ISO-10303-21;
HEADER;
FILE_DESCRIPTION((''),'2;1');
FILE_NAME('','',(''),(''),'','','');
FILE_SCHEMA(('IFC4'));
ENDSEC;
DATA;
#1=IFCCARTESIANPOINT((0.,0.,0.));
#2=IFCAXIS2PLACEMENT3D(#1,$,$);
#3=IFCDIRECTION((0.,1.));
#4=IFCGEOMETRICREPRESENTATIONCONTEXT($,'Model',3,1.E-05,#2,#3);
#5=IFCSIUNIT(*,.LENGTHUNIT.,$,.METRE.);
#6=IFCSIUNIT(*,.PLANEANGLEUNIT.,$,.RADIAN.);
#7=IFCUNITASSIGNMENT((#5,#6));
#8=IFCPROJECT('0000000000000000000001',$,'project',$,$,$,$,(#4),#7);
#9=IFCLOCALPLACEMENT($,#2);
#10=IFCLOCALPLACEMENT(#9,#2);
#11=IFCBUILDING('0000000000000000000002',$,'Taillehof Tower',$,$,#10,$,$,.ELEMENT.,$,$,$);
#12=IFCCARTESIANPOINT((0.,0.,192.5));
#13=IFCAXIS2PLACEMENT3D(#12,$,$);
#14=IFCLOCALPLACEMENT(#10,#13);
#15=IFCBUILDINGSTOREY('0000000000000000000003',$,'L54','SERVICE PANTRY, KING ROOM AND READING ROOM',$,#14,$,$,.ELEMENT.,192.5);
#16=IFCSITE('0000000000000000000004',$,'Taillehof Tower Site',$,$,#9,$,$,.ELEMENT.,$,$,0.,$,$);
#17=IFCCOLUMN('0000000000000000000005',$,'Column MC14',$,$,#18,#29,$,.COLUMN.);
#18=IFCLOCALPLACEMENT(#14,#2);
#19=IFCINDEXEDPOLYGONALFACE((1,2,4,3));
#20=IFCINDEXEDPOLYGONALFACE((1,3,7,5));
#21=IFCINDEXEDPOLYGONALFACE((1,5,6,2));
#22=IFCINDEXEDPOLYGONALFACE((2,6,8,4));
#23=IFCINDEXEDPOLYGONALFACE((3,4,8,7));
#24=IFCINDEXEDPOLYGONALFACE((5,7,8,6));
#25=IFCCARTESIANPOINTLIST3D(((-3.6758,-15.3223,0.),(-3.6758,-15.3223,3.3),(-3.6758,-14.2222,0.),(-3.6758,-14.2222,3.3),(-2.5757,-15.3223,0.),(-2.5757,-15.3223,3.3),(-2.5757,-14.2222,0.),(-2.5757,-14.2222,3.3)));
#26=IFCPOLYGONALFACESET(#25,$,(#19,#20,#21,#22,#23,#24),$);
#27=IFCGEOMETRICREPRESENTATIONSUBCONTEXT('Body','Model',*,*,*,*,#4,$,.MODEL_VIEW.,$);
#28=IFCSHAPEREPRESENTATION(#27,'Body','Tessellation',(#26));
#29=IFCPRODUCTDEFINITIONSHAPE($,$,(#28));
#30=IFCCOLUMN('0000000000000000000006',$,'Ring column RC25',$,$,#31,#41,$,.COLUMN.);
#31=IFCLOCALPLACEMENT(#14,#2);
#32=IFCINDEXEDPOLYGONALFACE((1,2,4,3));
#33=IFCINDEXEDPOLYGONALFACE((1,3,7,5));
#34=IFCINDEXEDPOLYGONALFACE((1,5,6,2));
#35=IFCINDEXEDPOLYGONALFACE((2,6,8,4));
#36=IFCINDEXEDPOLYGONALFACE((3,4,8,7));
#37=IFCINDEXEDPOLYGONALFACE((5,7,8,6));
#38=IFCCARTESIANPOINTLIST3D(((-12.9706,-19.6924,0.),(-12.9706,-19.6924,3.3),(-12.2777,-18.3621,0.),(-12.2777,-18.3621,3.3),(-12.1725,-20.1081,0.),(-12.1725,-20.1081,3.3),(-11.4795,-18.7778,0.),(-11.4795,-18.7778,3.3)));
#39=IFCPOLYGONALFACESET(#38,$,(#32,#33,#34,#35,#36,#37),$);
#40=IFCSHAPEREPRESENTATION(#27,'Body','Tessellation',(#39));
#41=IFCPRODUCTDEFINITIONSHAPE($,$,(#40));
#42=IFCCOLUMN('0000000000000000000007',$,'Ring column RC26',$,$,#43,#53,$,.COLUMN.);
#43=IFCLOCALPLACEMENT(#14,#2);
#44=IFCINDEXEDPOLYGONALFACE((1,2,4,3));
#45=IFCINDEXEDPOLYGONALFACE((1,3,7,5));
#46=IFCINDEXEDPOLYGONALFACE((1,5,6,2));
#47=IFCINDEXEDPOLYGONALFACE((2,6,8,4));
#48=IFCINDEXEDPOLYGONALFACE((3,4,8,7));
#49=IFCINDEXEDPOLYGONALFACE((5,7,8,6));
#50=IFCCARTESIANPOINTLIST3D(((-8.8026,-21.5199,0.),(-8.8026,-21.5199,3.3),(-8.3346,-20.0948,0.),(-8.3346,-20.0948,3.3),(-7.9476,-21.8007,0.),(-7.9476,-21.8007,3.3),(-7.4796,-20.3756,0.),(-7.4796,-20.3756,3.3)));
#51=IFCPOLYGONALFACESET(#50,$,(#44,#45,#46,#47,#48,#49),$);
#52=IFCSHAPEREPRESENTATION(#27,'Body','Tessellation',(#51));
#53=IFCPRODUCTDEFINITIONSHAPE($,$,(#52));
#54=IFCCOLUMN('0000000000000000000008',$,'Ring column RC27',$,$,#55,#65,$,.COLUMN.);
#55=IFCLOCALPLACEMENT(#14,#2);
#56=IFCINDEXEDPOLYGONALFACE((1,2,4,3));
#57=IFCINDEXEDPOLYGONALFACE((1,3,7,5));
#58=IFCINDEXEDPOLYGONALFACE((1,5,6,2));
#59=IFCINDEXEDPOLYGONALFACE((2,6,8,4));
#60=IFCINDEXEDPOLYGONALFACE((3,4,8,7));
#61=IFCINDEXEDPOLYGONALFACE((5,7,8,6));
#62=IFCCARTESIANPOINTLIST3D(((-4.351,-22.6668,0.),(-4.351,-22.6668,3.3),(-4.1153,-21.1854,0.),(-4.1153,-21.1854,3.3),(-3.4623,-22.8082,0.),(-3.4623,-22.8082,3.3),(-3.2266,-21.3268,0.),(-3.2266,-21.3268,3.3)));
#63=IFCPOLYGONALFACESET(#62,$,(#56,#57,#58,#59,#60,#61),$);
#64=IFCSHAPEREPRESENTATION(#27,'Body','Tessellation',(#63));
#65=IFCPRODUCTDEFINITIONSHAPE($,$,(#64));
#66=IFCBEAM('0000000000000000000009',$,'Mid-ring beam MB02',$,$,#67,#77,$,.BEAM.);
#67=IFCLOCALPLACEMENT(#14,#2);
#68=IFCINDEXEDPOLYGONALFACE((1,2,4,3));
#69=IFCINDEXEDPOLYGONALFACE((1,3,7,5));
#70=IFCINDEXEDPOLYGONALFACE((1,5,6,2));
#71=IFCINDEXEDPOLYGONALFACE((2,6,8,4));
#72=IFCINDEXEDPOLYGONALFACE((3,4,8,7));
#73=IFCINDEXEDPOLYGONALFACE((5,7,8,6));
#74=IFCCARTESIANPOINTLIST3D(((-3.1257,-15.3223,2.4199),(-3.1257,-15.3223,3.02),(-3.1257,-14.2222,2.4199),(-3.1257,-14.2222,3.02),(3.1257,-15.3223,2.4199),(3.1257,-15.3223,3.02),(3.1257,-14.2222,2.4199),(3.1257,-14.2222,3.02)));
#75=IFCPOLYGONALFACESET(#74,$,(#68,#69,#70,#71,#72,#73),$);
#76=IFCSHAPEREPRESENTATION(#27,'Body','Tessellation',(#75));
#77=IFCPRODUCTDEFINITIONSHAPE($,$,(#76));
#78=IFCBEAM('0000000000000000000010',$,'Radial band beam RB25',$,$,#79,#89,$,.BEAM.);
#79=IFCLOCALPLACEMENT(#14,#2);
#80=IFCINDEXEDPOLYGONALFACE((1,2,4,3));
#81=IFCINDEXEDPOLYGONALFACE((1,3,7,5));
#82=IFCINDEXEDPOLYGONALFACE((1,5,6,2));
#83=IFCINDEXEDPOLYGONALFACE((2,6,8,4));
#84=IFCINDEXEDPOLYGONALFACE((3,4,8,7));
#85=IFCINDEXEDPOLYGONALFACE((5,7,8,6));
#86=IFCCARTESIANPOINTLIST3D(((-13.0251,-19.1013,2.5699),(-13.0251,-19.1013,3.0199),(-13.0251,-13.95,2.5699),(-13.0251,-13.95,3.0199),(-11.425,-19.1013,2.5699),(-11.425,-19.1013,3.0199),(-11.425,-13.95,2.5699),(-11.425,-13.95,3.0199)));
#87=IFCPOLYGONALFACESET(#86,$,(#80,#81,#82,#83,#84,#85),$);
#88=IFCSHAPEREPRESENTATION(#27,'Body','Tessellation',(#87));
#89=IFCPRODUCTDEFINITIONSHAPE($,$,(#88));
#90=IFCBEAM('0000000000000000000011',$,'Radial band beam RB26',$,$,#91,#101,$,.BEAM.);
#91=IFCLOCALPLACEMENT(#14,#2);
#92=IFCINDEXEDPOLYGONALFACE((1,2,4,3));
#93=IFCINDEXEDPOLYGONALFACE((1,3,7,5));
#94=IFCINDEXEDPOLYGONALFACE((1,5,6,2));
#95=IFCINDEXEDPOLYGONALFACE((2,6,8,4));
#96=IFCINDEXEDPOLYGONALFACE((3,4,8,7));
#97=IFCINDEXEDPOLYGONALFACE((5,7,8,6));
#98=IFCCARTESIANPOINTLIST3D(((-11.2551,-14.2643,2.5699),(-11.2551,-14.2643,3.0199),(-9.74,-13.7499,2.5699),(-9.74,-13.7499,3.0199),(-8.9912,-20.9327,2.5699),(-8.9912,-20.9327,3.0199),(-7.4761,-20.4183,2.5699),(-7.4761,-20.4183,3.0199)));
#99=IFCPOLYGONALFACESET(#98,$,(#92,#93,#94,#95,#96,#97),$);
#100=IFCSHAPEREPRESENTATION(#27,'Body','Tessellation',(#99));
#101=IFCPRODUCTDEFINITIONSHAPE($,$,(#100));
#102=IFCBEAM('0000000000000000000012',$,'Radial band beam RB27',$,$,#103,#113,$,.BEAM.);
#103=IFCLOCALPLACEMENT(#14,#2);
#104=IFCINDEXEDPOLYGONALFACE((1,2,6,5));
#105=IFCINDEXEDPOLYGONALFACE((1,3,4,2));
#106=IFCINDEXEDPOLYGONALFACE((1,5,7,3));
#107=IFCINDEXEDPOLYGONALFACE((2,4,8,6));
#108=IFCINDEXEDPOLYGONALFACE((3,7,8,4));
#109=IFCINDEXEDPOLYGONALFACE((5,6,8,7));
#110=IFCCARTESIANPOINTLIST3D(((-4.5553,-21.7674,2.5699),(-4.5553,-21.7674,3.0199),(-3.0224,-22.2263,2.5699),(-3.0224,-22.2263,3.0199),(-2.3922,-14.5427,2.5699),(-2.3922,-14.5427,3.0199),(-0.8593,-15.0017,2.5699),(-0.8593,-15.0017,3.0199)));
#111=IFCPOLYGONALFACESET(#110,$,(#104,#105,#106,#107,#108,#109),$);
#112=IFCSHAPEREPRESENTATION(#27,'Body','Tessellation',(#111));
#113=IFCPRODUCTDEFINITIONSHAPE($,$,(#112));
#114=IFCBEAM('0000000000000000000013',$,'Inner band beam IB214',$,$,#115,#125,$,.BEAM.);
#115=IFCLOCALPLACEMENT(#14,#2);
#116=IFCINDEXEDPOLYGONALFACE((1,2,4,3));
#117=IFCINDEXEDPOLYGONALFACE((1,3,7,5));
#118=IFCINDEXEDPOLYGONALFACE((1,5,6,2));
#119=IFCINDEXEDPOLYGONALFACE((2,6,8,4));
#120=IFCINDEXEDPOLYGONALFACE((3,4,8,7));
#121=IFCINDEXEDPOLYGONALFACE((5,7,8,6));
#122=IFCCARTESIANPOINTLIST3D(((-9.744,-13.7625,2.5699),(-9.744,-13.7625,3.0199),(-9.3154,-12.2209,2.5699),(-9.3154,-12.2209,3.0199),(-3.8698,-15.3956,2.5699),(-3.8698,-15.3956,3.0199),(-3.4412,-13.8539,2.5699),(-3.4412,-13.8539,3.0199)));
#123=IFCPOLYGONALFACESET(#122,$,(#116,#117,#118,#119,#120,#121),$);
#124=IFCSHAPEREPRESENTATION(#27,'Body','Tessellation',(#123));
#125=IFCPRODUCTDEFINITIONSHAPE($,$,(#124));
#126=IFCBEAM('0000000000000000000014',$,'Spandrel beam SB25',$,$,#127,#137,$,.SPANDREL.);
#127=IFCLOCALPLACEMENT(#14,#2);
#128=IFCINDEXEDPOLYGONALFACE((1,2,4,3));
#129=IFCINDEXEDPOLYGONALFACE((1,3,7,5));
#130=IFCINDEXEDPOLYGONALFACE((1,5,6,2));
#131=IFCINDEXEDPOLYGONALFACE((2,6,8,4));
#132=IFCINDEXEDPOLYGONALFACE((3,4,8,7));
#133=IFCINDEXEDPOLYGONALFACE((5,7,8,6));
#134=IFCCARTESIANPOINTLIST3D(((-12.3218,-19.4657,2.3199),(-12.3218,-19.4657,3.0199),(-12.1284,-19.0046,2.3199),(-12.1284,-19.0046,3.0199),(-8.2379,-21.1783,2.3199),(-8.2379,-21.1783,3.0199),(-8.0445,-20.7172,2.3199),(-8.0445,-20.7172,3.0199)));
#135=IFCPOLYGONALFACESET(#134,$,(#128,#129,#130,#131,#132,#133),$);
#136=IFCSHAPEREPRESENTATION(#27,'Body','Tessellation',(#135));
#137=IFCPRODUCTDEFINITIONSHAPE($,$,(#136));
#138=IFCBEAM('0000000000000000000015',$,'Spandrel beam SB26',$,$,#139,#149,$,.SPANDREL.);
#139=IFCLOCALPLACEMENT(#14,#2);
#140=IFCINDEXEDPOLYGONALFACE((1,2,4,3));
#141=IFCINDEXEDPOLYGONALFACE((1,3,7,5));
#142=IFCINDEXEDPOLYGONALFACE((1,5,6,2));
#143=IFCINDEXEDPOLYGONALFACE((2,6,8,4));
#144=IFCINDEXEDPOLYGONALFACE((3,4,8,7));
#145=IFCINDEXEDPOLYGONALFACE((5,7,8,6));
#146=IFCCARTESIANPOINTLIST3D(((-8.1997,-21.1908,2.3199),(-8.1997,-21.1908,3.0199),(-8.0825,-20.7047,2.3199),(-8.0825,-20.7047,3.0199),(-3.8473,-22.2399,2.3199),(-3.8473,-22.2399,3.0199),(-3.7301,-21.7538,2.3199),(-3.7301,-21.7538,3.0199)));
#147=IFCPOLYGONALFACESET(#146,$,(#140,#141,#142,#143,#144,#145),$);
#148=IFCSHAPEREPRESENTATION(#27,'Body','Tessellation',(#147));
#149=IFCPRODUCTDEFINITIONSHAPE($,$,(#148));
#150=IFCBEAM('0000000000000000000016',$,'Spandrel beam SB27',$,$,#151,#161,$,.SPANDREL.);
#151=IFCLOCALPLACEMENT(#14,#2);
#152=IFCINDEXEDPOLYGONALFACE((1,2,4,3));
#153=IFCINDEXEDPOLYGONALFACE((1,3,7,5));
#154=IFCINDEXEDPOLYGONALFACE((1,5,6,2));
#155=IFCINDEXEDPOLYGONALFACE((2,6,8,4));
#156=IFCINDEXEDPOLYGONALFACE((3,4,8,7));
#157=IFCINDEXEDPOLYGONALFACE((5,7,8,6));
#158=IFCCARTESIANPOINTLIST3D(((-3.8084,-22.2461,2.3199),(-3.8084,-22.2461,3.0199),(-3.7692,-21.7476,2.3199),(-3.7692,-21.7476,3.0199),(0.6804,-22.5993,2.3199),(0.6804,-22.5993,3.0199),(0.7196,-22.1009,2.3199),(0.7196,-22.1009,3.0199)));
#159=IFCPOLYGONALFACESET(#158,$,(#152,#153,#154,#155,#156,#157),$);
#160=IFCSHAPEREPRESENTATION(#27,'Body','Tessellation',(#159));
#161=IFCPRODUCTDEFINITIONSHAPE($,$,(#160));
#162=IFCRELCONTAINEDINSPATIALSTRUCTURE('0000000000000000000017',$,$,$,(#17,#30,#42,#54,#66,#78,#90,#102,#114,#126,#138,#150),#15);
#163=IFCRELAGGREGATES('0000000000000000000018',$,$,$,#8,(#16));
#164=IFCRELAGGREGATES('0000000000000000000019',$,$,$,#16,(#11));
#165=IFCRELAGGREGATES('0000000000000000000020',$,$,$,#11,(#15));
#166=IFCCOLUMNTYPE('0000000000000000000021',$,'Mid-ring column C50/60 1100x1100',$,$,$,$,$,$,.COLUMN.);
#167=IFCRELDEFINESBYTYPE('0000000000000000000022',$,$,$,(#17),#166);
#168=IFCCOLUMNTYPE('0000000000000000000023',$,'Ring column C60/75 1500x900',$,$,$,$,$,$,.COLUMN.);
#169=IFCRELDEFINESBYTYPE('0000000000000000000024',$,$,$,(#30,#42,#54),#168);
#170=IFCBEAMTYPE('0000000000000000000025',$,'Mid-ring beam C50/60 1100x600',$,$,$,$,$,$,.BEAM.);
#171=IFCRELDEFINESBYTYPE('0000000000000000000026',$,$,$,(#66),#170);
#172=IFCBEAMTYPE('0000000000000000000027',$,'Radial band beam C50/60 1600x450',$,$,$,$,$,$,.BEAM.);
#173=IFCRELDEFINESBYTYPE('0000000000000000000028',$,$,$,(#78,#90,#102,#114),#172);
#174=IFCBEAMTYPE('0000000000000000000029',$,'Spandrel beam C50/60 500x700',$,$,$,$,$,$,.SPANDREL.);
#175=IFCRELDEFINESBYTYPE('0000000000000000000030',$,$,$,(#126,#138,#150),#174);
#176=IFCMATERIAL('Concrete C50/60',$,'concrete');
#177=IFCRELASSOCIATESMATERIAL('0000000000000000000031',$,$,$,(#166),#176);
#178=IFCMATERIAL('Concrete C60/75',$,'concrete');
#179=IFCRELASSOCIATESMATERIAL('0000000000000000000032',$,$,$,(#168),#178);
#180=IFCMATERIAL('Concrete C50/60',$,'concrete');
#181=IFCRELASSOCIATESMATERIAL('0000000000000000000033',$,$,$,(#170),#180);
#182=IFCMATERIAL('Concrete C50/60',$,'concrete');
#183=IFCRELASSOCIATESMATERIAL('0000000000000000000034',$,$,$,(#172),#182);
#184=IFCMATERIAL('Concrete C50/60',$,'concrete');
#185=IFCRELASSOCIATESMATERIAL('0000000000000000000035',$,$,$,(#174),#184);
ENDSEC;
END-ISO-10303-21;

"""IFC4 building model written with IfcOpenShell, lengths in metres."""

from ifc_helpers import new_model, si_unit, direction, frame, origin, origin_2d, place, context, subcontext, project, spatial, rectangle, extrude, material, material_profile, profile_set, type_object, element, save


model = new_model("IFC4")

# Units and contexts
model_context = context("Model", 3, precision=1e-05, world=origin(), true_north=direction((0.0, 1.0)))
body_context = subcontext(model_context, "Body", "Model", "MODEL_VIEW")
ifc_project = project(units=[si_unit("LENGTHUNIT", "METRE"), si_unit("PLANEANGLEUNIT", "RADIAN")], contexts=[model_context])

# Site, building, storey
site_placement = place(None, origin())
site = spatial("IfcSite", under=ifc_project, at=site_placement, Name="Taillehof Tower Site", CompositionType="ELEMENT", RefElevation=0.0)
building_placement = place(site_placement, origin())
building = spatial("IfcBuilding", under=site, at=building_placement, Name="Taillehof Tower", CompositionType="ELEMENT")
storey_placement = place(building_placement, frame((0.0, 0.0, 192.5)))
storey = spatial("IfcBuildingStorey", under=building, at=storey_placement, Name="L54", Description="SERVICE PANTRY, KING ROOM AND READING ROOM", CompositionType="ELEMENT", Elevation=192.5)

# Columns
ifc_material_1 = material(Name="Concrete C50/60", Category="concrete")
ifc_material_profile_1 = material_profile(ifc_material_1, rectangle(XDim=1.1001, YDim=1.1001, at=origin_2d()), Name="RC 1100x1100")
ifc_profile_set_1 = profile_set([ifc_material_profile_1], Name="Concrete C50/60")
column_type_1 = type_object("IfcColumnType", Name="Mid-ring column C50/60 1100x1100", PredefinedType="COLUMN", material=ifc_profile_set_1)
column_placement = place(storey_placement, frame((-3.1257, -14.7722, 0.0), z_axis=(0.0, 0.0, 1.0), x_axis=(1.0, 0.0, 0.0)))
element("IfcColumn", 1, at=column_placement, inside=storey, type_object=column_type_1, Name="Column MC14", PredefinedType="COLUMN", context=body_context, shape_type="SweptSolid", body=[
    extrude(rectangle(XDim=1.1001, YDim=1.1001, at=origin_2d()), origin(), (0.0, 0.0, 1.0), 3.3),
])
ifc_material_2 = material(Name="Concrete C60/75", Category="concrete")
ifc_material_profile_2 = material_profile(ifc_material_2, rectangle(XDim=1.5, YDim=0.8999, at=origin_2d()), Name="RC 1500x900")
ifc_profile_set_2 = profile_set([ifc_material_profile_2], Name="Concrete C60/75")
column_type_2 = type_object("IfcColumnType", Name="Ring column C60/75 1500x900", PredefinedType="COLUMN", material=ifc_profile_set_2)
for number, where, z_axis, x_axis, name in (
    (2, (-12.2251, -19.2351, 0.0), (0.0, 0.0, 1.0), (-0.461993, -0.886883, 0.0), "Ring column RC25"),
    (3, (-8.1411, -20.9478, 0.0), (0.0, 0.0, 1.0), (-0.312001, -0.950082, 0.0), "Ring column RC26"),
    (4, (-3.7888, -21.9968, 0.0), (0.0, 0.0, 1.0), (-0.157116, -0.98758, 0.0), "Ring column RC27"),
):
    element("IfcColumn", number, at=place(storey_placement, frame(where, z_axis=z_axis, x_axis=x_axis)), inside=storey, type_object=column_type_2, Name=name, PredefinedType="COLUMN", context=body_context, shape_type="SweptSolid", body=[
        extrude(rectangle(XDim=1.5, YDim=0.8999, at=origin_2d()), origin(), (0.0, 0.0, 1.0), 3.3),
    ])

# Beams
ifc_material_3 = material(Name="Concrete C50/60", Category="concrete")
ifc_material_profile_3 = material_profile(ifc_material_3, rectangle(XDim=1.1001, YDim=0.6001, at=origin_2d()), Name="RC 1100x600")
ifc_profile_set_3 = profile_set([ifc_material_profile_3], Name="Concrete C50/60")
beam_type_1 = type_object("IfcBeamType", Name="Mid-ring beam C50/60 1100x600", PredefinedType="BEAM", material=ifc_profile_set_3)
beam_1_placement = place(storey_placement, frame((-3.1257, -14.7722, 2.72), z_axis=(1.0, 0.0, 0.0), x_axis=(0.0, 1.0, 0.0)))
element("IfcBeam", 5, at=beam_1_placement, inside=storey, type_object=beam_type_1, Name="Mid-ring beam MB02", PredefinedType="BEAM", context=body_context, shape_type="SweptSolid", body=[
    extrude(rectangle(XDim=1.1001, YDim=0.6001, at=origin_2d()), origin(), (0.0, 0.0, 1.0), 6.2515),
])
ifc_material_4 = material(Name="Concrete C50/60", Category="concrete")
ifc_material_profile_4 = material_profile(ifc_material_4, rectangle(XDim=1.6001, YDim=0.45, at=origin_2d()), Name="RC 1600x450")
ifc_profile_set_4 = profile_set([ifc_material_profile_4], Name="Concrete C50/60")
beam_type_2 = type_object("IfcBeamType", Name="Radial band beam C50/60 1600x450", PredefinedType="BEAM", material=ifc_profile_set_4)
beam_2_placement = place(storey_placement, frame((-12.2251, -19.1013, 2.7949), z_axis=(0.0, 1.0, 0.0), x_axis=(-1.0, 0.0, 0.0)))
element("IfcBeam", 6, at=beam_2_placement, inside=storey, type_object=beam_type_2, Name="Radial band beam RB25", PredefinedType="BEAM", context=body_context, shape_type="SweptSolid", body=[
    extrude(rectangle(XDim=1.6001, YDim=0.45, at=origin_2d()), origin(), (0.0, 0.0, 1.0), 5.1514),
])
beam_3_placement = place(storey_placement, frame((-8.2336, -20.6755, 2.7949), z_axis=(-0.321475, 0.946918, 0.0), x_axis=(-0.946918, -0.321475, 0.0)))
element("IfcBeam", 7, at=beam_3_placement, inside=storey, type_object=beam_type_2, Name="Radial band beam RB26", PredefinedType="BEAM", context=body_context, shape_type="SweptSolid", body=[
    extrude(rectangle(XDim=1.6001, YDim=0.45, at=origin_2d()), origin(), (0.0, 0.0, 1.0), 7.0422),
])
beam_4_placement = place(storey_placement, frame((-3.7888, -21.9968, 2.7949), z_axis=(0.286825, 0.957983, 0.0), x_axis=(-0.957983, 0.286825, 0.0)))
element("IfcBeam", 8, at=beam_4_placement, inside=storey, type_object=beam_type_2, Name="Radial band beam RB27", PredefinedType="BEAM", context=body_context, shape_type="SweptSolid", body=[
    extrude(rectangle(XDim=1.6001, YDim=0.45, at=origin_2d()), origin(), (0.0, 0.0, 1.0), 7.5415),
])
beam_5_placement = place(storey_placement, frame((-3.6555, -14.6248, 2.7949), z_axis=(-0.963459, 0.267855, 0.0), x_axis=(-0.267855, -0.963459, 0.0)))
element("IfcBeam", 9, at=beam_5_placement, inside=storey, type_object=beam_type_2, Name="Inner band beam IB214", PredefinedType="BEAM", context=body_context, shape_type="SweptSolid", body=[
    extrude(rectangle(XDim=1.6001, YDim=0.45, at=origin_2d()), origin(), (0.0, 0.0, 1.0), 6.0969),
])
ifc_material_5 = material(Name="Concrete C50/60", Category="concrete")
ifc_material_profile_5 = material_profile(ifc_material_5, rectangle(XDim=0.5, YDim=0.7, at=origin_2d()), Name="RC 500x700")
ifc_profile_set_5 = profile_set([ifc_material_profile_5], Name="Concrete C50/60")
beam_type_3 = type_object("IfcBeamType", Name="Spandrel beam C50/60 500x700", PredefinedType="SPANDREL", material=ifc_profile_set_5)
beam_6_placement = place(storey_placement, frame((-12.2251, -19.2351, 2.6699), z_axis=(0.922194, -0.386728, 0.0), x_axis=(0.386728, 0.922194, 0.0)))
element("IfcBeam", 10, at=beam_6_placement, inside=storey, type_object=beam_type_3, Name="Spandrel beam SB25", PredefinedType="SPANDREL", context=body_context, shape_type="SweptSolid", body=[
    extrude(rectangle(XDim=0.5, YDim=0.7, at=origin_2d()), origin(), (0.0, 0.0, 1.0), 4.4285),
])
beam_7_placement = place(storey_placement, frame((-8.1411, -20.9478, 2.6699), z_axis=(0.972158, -0.234328, 0.0), x_axis=(0.234328, 0.972158, 0.0)))
element("IfcBeam", 11, at=beam_7_placement, inside=storey, type_object=beam_type_3, Name="Spandrel beam SB26", PredefinedType="SPANDREL", context=body_context, shape_type="SweptSolid", body=[
    extrude(rectangle(XDim=0.5, YDim=0.7, at=origin_2d()), origin(), (0.0, 0.0, 1.0), 4.4771),
])
beam_8_placement = place(storey_placement, frame((-3.7888, -21.9968, 2.6699), z_axis=(0.996917, -0.078459, 0.0), x_axis=(0.078459, 0.996917, 0.0)))
element("IfcBeam", 12, at=beam_8_placement, inside=storey, type_object=beam_type_3, Name="Spandrel beam SB27", PredefinedType="SPANDREL", context=body_context, shape_type="SweptSolid", body=[
    extrude(rectangle(XDim=0.5, YDim=0.7, at=origin_2d()), origin(), (0.0, 0.0, 1.0), 4.5027),
])

save(model, "model.ifc")
